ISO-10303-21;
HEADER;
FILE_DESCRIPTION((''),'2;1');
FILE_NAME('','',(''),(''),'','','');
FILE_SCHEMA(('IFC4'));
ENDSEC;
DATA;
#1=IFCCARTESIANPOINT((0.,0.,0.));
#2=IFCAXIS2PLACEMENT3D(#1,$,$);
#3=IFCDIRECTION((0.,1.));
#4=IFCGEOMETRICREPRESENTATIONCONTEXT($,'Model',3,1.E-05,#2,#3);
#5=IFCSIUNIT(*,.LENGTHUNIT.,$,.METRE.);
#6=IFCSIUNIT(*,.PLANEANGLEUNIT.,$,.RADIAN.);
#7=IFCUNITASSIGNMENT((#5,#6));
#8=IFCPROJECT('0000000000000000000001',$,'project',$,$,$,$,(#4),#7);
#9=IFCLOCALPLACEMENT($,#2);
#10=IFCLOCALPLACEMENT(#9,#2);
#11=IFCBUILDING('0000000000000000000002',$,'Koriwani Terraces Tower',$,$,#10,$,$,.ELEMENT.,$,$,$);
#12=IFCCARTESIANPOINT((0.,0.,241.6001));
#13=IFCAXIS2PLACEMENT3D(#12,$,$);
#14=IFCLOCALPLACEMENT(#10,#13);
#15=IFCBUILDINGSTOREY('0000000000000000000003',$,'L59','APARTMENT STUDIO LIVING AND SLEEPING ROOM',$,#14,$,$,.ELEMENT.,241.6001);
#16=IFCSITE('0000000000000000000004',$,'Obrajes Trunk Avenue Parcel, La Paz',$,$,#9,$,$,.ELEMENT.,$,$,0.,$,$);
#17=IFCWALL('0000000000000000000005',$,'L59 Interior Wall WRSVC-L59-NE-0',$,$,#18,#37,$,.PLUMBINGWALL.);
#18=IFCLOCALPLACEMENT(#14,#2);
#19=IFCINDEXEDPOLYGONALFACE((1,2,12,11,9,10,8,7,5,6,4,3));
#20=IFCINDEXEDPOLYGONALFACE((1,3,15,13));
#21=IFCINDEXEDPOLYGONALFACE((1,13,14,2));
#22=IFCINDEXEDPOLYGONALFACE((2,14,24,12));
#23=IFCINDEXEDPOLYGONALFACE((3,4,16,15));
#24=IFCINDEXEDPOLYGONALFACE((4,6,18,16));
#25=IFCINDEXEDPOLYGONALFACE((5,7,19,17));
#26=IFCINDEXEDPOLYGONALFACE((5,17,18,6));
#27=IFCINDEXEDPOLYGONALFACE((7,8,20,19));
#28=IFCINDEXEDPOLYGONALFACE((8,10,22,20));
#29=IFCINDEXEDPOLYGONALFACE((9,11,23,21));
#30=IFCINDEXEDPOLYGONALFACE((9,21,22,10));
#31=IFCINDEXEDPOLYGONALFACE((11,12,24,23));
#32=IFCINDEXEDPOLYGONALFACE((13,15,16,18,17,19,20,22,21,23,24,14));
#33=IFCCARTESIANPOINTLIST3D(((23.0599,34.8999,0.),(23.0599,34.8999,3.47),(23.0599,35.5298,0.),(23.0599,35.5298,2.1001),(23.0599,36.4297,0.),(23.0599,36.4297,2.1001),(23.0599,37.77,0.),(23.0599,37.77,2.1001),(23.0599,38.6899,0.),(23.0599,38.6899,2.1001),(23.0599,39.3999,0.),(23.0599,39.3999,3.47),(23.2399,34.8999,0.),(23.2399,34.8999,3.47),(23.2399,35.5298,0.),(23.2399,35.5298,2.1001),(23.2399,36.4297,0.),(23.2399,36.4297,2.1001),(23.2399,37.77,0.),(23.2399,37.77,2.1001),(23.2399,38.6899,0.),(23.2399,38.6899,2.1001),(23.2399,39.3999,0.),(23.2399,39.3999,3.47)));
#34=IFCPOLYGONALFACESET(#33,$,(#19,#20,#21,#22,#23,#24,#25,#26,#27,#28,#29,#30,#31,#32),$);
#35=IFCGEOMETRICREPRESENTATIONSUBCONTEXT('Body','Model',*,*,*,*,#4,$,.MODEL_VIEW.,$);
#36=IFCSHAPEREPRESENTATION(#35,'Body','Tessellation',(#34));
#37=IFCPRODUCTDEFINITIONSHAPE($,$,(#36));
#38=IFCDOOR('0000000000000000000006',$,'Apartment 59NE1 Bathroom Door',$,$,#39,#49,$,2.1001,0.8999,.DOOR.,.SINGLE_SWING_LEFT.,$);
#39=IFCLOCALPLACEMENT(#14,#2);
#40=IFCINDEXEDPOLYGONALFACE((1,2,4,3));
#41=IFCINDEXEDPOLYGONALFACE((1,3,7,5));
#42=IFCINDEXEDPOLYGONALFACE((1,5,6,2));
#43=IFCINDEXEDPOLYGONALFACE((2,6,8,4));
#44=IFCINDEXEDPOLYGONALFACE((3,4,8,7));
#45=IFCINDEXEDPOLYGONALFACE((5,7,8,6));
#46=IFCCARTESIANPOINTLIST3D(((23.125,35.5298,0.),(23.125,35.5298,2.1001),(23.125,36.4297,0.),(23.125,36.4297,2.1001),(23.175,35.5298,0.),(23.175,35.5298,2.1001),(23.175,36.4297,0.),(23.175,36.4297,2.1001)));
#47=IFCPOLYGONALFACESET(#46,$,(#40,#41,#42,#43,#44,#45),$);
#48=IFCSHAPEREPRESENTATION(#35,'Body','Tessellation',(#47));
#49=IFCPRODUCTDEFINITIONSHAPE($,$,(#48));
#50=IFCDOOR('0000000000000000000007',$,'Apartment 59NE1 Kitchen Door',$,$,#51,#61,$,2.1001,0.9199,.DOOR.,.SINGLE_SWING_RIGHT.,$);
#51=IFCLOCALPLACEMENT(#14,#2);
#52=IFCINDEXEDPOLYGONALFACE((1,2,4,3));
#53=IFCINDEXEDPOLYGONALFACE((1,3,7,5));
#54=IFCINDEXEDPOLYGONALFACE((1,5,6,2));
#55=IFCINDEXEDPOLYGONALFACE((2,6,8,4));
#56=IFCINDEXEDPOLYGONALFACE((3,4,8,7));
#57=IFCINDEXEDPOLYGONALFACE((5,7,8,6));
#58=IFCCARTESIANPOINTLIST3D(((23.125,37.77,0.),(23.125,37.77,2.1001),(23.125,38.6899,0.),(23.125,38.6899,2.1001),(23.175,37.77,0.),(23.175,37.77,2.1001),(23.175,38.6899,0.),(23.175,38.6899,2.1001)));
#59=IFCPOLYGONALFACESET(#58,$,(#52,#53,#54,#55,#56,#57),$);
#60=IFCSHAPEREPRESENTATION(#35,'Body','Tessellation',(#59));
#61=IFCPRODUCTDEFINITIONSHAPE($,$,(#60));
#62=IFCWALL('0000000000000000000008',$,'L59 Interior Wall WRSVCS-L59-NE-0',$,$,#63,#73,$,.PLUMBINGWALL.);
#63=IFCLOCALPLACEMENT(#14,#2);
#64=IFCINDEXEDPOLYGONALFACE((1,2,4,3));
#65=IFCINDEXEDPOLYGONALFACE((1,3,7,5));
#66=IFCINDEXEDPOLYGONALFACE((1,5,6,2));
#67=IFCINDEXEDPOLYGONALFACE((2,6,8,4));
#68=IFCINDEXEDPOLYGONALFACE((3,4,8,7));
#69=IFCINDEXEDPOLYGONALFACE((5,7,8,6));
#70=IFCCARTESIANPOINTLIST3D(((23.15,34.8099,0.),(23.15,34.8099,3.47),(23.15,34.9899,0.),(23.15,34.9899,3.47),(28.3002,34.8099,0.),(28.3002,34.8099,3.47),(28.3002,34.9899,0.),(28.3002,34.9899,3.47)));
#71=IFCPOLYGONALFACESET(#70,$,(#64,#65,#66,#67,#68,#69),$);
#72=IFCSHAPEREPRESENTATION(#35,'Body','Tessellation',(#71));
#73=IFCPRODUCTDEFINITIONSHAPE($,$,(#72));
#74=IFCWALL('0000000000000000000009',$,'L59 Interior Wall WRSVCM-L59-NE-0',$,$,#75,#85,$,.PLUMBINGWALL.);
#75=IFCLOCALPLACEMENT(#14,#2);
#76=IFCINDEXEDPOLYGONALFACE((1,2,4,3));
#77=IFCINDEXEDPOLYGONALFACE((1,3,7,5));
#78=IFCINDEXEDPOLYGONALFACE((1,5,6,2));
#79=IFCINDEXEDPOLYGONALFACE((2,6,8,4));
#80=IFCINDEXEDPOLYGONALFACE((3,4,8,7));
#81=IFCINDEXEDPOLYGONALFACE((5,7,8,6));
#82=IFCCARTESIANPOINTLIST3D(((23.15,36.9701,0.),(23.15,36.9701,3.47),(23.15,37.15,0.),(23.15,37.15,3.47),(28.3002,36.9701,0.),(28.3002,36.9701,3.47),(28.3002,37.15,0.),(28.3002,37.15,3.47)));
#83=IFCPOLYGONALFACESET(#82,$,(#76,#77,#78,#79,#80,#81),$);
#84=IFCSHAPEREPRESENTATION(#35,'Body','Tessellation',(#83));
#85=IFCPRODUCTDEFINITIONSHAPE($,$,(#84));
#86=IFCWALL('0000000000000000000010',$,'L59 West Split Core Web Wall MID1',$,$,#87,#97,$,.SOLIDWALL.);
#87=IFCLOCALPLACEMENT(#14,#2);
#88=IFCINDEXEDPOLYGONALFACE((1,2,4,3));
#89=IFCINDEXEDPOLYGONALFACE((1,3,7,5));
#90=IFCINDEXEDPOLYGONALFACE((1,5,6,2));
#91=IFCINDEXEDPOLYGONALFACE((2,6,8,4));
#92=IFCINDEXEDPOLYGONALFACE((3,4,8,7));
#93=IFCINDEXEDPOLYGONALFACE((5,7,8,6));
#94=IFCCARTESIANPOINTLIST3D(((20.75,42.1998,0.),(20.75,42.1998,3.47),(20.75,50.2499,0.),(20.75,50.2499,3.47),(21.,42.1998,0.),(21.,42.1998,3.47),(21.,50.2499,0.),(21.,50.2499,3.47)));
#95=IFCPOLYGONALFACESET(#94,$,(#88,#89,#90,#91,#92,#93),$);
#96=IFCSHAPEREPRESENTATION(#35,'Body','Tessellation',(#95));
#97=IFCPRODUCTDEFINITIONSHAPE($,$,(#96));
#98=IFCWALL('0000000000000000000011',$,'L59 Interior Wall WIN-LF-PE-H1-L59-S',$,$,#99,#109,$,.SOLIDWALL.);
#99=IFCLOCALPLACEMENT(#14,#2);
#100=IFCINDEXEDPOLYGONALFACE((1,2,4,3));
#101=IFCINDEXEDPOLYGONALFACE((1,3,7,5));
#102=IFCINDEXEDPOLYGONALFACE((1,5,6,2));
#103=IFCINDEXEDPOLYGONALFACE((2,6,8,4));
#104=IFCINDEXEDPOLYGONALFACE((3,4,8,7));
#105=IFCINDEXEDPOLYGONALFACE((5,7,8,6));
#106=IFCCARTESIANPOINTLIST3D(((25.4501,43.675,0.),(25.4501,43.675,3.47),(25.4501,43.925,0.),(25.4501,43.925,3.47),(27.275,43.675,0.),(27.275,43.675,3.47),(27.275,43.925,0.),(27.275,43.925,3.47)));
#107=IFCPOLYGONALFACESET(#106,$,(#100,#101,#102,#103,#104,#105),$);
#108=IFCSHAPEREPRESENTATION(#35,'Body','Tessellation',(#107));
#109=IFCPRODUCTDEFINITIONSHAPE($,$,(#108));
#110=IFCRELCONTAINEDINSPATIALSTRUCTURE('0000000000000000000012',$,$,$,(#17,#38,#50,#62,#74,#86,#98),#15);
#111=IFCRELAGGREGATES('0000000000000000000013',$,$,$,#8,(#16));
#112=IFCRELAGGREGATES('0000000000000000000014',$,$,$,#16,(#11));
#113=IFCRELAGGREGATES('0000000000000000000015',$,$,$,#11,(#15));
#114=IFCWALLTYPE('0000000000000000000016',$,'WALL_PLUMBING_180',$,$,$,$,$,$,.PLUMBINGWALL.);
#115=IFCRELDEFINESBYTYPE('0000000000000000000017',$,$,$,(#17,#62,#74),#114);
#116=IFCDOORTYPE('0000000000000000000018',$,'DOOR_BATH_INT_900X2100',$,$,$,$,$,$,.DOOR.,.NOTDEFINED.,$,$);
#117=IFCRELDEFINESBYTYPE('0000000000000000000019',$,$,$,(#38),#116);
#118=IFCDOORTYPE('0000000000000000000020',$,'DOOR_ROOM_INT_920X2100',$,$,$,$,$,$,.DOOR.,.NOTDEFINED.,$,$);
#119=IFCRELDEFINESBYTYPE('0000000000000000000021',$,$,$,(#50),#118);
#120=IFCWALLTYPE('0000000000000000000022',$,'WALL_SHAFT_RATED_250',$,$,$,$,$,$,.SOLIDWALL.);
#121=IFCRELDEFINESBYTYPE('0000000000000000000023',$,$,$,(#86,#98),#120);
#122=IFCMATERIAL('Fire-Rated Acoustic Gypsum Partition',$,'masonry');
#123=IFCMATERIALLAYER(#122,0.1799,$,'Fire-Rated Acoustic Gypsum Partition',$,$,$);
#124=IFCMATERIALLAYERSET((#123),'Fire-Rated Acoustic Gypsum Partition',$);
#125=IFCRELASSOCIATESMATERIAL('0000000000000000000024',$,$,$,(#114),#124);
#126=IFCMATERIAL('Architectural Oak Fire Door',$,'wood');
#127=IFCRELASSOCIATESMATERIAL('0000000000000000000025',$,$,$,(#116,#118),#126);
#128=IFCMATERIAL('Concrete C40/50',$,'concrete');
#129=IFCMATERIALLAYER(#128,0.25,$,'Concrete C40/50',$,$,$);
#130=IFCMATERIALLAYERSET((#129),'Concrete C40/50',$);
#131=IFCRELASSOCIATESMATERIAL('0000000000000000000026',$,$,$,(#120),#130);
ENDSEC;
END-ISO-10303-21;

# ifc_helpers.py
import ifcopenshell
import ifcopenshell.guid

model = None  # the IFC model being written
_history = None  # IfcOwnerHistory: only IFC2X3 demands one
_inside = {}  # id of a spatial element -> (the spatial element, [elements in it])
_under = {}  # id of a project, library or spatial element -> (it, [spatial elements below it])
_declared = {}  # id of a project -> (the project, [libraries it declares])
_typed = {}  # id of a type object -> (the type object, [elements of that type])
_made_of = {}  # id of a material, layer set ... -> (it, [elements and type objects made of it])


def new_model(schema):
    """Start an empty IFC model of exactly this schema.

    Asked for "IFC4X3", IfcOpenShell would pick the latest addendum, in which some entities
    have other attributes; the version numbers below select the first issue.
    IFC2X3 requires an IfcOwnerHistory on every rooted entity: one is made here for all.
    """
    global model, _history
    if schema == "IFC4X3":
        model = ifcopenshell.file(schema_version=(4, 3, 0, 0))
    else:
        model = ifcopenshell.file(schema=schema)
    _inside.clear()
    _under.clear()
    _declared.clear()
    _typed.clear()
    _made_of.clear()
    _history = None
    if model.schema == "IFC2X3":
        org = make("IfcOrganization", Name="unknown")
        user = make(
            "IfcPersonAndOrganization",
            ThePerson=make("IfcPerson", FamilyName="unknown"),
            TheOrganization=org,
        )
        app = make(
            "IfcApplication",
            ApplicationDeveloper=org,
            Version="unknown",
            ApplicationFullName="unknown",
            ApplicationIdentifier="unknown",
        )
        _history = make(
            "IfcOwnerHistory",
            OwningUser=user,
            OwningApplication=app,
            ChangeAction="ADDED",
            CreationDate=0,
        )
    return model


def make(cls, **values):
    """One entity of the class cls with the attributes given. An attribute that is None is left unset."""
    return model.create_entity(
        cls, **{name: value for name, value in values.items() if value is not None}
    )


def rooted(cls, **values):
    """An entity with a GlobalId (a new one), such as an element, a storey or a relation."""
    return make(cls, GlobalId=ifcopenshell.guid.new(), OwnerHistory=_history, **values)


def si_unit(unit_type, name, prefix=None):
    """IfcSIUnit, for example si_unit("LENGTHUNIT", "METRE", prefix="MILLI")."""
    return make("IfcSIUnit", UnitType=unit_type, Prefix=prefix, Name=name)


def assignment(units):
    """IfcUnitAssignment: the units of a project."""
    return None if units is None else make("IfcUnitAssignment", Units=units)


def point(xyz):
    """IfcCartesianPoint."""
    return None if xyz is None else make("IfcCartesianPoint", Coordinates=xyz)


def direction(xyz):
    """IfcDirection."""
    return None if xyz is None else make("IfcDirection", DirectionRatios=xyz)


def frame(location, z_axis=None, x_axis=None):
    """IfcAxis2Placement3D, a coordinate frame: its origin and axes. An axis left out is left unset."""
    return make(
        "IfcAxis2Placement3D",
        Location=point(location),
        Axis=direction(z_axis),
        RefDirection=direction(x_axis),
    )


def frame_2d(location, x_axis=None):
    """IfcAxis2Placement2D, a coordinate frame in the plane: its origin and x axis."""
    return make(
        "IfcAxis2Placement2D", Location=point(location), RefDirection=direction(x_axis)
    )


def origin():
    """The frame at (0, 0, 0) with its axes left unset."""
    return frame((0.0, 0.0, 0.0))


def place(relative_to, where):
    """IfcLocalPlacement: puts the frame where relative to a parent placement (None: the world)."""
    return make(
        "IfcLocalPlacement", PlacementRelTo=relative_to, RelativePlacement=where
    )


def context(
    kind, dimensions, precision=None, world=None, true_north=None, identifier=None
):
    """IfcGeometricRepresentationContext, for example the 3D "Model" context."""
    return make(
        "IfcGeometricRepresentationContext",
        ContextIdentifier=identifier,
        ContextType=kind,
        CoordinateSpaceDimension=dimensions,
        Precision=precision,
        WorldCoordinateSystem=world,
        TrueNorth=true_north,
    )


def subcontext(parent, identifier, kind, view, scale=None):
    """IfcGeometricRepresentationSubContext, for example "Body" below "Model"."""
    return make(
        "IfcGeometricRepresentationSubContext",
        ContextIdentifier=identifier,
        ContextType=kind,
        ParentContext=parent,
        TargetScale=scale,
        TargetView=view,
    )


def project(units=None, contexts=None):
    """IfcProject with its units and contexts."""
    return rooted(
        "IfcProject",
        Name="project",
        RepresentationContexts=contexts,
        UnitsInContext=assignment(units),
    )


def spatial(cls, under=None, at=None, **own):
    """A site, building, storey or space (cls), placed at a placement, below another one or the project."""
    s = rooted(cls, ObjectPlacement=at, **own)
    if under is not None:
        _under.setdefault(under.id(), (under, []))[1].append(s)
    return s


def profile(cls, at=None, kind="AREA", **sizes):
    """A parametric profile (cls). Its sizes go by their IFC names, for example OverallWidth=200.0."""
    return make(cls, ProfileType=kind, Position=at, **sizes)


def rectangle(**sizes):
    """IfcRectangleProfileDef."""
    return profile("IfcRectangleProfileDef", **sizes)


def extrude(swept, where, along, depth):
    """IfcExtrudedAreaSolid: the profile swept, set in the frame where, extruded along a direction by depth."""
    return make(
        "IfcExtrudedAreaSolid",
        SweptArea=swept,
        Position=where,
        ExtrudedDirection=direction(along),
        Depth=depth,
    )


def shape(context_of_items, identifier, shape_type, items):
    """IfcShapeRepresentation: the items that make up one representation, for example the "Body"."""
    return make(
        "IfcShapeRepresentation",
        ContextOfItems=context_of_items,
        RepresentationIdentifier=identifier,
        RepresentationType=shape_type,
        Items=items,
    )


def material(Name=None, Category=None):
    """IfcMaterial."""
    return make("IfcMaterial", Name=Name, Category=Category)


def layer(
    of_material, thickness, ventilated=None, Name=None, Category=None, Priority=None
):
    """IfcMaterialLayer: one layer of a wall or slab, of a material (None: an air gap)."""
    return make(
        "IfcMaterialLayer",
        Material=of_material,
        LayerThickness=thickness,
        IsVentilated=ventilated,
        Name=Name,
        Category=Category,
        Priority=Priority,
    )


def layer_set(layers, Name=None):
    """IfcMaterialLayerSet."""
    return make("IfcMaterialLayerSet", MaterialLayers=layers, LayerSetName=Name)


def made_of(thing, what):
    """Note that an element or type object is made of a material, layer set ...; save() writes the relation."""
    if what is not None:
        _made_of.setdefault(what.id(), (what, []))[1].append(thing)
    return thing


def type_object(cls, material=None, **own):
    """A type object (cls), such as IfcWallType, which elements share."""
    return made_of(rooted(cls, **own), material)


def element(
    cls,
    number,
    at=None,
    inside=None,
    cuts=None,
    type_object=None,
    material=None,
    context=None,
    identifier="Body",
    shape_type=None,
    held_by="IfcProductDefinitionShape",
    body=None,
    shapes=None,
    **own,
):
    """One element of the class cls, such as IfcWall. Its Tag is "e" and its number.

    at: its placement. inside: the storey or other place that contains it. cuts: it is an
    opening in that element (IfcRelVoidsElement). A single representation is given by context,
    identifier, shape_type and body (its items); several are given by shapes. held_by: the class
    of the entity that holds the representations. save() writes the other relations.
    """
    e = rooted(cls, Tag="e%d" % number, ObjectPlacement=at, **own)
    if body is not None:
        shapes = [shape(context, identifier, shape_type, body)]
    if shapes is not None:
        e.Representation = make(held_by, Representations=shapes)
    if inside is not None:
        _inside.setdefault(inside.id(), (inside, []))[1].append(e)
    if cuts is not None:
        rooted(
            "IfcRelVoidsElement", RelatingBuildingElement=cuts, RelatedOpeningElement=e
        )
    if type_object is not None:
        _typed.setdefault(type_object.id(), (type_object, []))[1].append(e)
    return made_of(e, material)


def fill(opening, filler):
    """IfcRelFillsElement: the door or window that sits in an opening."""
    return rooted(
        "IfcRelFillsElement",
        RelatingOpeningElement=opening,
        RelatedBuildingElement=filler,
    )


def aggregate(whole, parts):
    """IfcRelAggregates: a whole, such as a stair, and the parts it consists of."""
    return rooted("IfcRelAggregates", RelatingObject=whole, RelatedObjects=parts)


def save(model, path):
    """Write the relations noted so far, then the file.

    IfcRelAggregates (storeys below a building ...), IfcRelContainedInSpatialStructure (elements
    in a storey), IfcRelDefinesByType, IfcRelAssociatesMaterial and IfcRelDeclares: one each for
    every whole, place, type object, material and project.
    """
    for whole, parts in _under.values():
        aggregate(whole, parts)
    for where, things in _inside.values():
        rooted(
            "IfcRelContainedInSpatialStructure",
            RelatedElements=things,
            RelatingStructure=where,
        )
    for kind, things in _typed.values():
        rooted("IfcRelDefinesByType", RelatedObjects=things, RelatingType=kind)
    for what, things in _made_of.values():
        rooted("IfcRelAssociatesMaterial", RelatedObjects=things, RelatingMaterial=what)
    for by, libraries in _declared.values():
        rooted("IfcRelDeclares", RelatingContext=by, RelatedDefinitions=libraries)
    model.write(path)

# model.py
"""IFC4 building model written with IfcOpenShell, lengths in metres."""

from ifc_helpers import new_model, si_unit, direction, frame, frame_2d, origin, place, context, subcontext, project, spatial, rectangle, extrude, material, layer, layer_set, type_object, element, fill, save


model = new_model("IFC4")

# Units and contexts
model_context = context("Model", 3, precision=1e-05, world=origin(), true_north=direction((0.0, 1.0)))
body_context = subcontext(model_context, "Body", "Model", "MODEL_VIEW")
ifc_project = project(units=[si_unit("LENGTHUNIT", "METRE"), si_unit("PLANEANGLEUNIT", "RADIAN")], contexts=[model_context])

# Site, building, storey
site_placement = place(None, origin())
site = spatial("IfcSite", under=ifc_project, at=site_placement, Name="Obrajes Trunk Avenue Parcel, La Paz", CompositionType="ELEMENT", RefElevation=0.0)
building_placement = place(site_placement, origin())
building = spatial("IfcBuilding", under=site, at=building_placement, Name="Koriwani Terraces Tower", CompositionType="ELEMENT")
storey_placement = place(building_placement, frame((0.0, 0.0, 241.6001)))
storey = spatial("IfcBuildingStorey", under=building, at=storey_placement, Name="L59", Description="APARTMENT STUDIO LIVING AND SLEEPING ROOM", CompositionType="ELEMENT", Elevation=241.6001)

# Shared definitions
ifc_material_1 = material(Name="Concrete C40/50", Category="concrete")

# Wall, openings, doors
ifc_material_2 = material(Name="Fire-Rated Acoustic Gypsum Partition", Category="masonry")
ifc_layer_1 = layer(ifc_material_2, 0.1799, Name="Fire-Rated Acoustic Gypsum Partition")
ifc_layer_set_1 = layer_set([ifc_layer_1], Name="Fire-Rated Acoustic Gypsum Partition")
wall_type_1 = type_object("IfcWallType", Name="WALL_PLUMBING_180", PredefinedType="PLUMBINGWALL", material=ifc_layer_set_1)
wall_1_placement = place(storey_placement, frame((23.1499, 34.8999, 0.0), z_axis=(0.0, 0.0, 1.0), x_axis=(0.0, 1.0, 0.0)))
wall_1 = element("IfcWall", 1, at=wall_1_placement, inside=storey, type_object=wall_type_1, Name="L59 Interior Wall WRSVC-L59-NE-0", PredefinedType="PLUMBINGWALL", context=body_context, shape_type="SweptSolid", body=[
    extrude(rectangle(XDim=4.5, YDim=0.1799, at=frame_2d((2.25, 0.0))), origin(), (0.0, 0.0, 1.0), 3.47),
])
opening_1_placement = place(wall_1_placement, frame((0.6299, 0.0, 0.0)))
opening_1 = element("IfcOpeningElement", 2, at=opening_1_placement, cuts=wall_1, PredefinedType="OPENING", context=body_context, shape_type="SweptSolid", body=[
    extrude(rectangle(XDim=0.8999, YDim=2.1001, at=frame_2d((0.45, 1.05))), frame((0.0, 0.1001, 0.0), z_axis=(0.0, -1.0, 0.0), x_axis=(1.0, 0.0, 0.0)), (0.0, 0.0, 1.0), 0.2),
])
opening_2_placement = place(wall_1_placement, frame((2.8701, 0.0, 0.0)))
opening_2 = element("IfcOpeningElement", 3, at=opening_2_placement, cuts=wall_1, PredefinedType="OPENING", context=body_context, shape_type="SweptSolid", body=[
    extrude(rectangle(XDim=0.9199, YDim=2.1001, at=frame_2d((0.46, 1.05))), frame((0.0, 0.1001, 0.0), z_axis=(0.0, -1.0, 0.0), x_axis=(1.0, 0.0, 0.0)), (0.0, 0.0, 1.0), 0.2),
])
ifc_material_3 = material(Name="Architectural Oak Fire Door", Category="wood")
door_type_1 = type_object("IfcDoorType", Name="DOOR_BATH_INT_900X2100", OperationType="NOTDEFINED", PredefinedType="DOOR", material=ifc_material_3)
door_1_placement = place(opening_1_placement, origin())
door_1 = element("IfcDoor", 4, at=door_1_placement, inside=storey, type_object=door_type_1, Name="Apartment 59NE1 Bathroom Door", OperationType="SINGLE_SWING_LEFT", OverallHeight=2.1001, OverallWidth=0.8999, PredefinedType="DOOR", context=body_context, shape_type="SweptSolid", body=[
    extrude(rectangle(XDim=0.8999, YDim=2.1001, at=frame_2d((0.45, 1.05))), frame((0.0, 0.0249, 0.0), z_axis=(0.0, -1.0, 0.0), x_axis=(1.0, 0.0, 0.0)), (0.0, 0.0, 1.0), 0.05),
])
fill(opening_1, door_1)
door_type_2 = type_object("IfcDoorType", Name="DOOR_ROOM_INT_920X2100", OperationType="NOTDEFINED", PredefinedType="DOOR", material=ifc_material_3)
door_2_placement = place(opening_2_placement, origin())
door_2 = element("IfcDoor", 5, at=door_2_placement, inside=storey, type_object=door_type_2, Name="Apartment 59NE1 Kitchen Door", OperationType="SINGLE_SWING_RIGHT", OverallHeight=2.1001, OverallWidth=0.9199, PredefinedType="DOOR", context=body_context, shape_type="SweptSolid", body=[
    extrude(rectangle(XDim=0.9199, YDim=2.1001, at=frame_2d((0.46, 1.05))), frame((0.0, 0.0249, 0.0), z_axis=(0.0, -1.0, 0.0), x_axis=(1.0, 0.0, 0.0)), (0.0, 0.0, 1.0), 0.05),
])
fill(opening_2, door_2)

# Walls
for number, where, z_axis, x_axis, name in (
    (6, (23.1499, 34.8999, 0.0), (0.0, 0.0, 1.0), (1.0, 0.0, 0.0), "L59 Interior Wall WRSVCS-L59-NE-0"),
    (7, (23.1499, 37.0601, 0.0), (0.0, 0.0, 1.0), (1.0, 0.0, 0.0), "L59 Interior Wall WRSVCM-L59-NE-0"),
):
    element("IfcWall", number, at=place(storey_placement, frame(where, z_axis=z_axis, x_axis=x_axis)), inside=storey, type_object=wall_type_1, Name=name, PredefinedType="PLUMBINGWALL", context=body_context, shape_type="SweptSolid", body=[
        extrude(rectangle(XDim=5.1501, YDim=0.1799, at=frame_2d((2.5752, 0.0))), origin(), (0.0, 0.0, 1.0), 3.47),
    ])
ifc_layer_2 = layer(ifc_material_1, 0.25, Name="Concrete C40/50")
ifc_layer_set_2 = layer_set([ifc_layer_2], Name="Concrete C40/50")
wall_type_2 = type_object("IfcWallType", Name="WALL_SHAFT_RATED_250", PredefinedType="SOLIDWALL", material=ifc_layer_set_2)
wall_2_placement = place(storey_placement, frame((20.875, 42.2, 0.0), z_axis=(0.0, 0.0, 1.0), x_axis=(0.0, 1.0, 0.0)))
element("IfcWall", 8, at=wall_2_placement, inside=storey, type_object=wall_type_2, Name="L59 West Split Core Web Wall MID1", PredefinedType="SOLIDWALL", context=body_context, shape_type="SweptSolid", body=[
    extrude(rectangle(XDim=8.05, YDim=0.25, at=frame_2d((4.0249, 0.0))), origin(), (0.0, 0.0, 1.0), 3.47),
])

# Wall
wall_3_placement = place(storey_placement, frame((25.45, 43.8, 0.0), z_axis=(0.0, 0.0, 1.0), x_axis=(1.0, 0.0, 0.0)))
element("IfcWall", 9, at=wall_3_placement, inside=storey, type_object=wall_type_2, Name="L59 Interior Wall WIN-LF-PE-H1-L59-S", PredefinedType="SOLIDWALL", context=body_context, shape_type="SweptSolid", body=[
    extrude(rectangle(XDim=1.825, YDim=0.25, at=frame_2d((0.9126, 0.0))), origin(), (0.0, 0.0, 1.0), 3.47),
])

save(model, "model.ifc")
